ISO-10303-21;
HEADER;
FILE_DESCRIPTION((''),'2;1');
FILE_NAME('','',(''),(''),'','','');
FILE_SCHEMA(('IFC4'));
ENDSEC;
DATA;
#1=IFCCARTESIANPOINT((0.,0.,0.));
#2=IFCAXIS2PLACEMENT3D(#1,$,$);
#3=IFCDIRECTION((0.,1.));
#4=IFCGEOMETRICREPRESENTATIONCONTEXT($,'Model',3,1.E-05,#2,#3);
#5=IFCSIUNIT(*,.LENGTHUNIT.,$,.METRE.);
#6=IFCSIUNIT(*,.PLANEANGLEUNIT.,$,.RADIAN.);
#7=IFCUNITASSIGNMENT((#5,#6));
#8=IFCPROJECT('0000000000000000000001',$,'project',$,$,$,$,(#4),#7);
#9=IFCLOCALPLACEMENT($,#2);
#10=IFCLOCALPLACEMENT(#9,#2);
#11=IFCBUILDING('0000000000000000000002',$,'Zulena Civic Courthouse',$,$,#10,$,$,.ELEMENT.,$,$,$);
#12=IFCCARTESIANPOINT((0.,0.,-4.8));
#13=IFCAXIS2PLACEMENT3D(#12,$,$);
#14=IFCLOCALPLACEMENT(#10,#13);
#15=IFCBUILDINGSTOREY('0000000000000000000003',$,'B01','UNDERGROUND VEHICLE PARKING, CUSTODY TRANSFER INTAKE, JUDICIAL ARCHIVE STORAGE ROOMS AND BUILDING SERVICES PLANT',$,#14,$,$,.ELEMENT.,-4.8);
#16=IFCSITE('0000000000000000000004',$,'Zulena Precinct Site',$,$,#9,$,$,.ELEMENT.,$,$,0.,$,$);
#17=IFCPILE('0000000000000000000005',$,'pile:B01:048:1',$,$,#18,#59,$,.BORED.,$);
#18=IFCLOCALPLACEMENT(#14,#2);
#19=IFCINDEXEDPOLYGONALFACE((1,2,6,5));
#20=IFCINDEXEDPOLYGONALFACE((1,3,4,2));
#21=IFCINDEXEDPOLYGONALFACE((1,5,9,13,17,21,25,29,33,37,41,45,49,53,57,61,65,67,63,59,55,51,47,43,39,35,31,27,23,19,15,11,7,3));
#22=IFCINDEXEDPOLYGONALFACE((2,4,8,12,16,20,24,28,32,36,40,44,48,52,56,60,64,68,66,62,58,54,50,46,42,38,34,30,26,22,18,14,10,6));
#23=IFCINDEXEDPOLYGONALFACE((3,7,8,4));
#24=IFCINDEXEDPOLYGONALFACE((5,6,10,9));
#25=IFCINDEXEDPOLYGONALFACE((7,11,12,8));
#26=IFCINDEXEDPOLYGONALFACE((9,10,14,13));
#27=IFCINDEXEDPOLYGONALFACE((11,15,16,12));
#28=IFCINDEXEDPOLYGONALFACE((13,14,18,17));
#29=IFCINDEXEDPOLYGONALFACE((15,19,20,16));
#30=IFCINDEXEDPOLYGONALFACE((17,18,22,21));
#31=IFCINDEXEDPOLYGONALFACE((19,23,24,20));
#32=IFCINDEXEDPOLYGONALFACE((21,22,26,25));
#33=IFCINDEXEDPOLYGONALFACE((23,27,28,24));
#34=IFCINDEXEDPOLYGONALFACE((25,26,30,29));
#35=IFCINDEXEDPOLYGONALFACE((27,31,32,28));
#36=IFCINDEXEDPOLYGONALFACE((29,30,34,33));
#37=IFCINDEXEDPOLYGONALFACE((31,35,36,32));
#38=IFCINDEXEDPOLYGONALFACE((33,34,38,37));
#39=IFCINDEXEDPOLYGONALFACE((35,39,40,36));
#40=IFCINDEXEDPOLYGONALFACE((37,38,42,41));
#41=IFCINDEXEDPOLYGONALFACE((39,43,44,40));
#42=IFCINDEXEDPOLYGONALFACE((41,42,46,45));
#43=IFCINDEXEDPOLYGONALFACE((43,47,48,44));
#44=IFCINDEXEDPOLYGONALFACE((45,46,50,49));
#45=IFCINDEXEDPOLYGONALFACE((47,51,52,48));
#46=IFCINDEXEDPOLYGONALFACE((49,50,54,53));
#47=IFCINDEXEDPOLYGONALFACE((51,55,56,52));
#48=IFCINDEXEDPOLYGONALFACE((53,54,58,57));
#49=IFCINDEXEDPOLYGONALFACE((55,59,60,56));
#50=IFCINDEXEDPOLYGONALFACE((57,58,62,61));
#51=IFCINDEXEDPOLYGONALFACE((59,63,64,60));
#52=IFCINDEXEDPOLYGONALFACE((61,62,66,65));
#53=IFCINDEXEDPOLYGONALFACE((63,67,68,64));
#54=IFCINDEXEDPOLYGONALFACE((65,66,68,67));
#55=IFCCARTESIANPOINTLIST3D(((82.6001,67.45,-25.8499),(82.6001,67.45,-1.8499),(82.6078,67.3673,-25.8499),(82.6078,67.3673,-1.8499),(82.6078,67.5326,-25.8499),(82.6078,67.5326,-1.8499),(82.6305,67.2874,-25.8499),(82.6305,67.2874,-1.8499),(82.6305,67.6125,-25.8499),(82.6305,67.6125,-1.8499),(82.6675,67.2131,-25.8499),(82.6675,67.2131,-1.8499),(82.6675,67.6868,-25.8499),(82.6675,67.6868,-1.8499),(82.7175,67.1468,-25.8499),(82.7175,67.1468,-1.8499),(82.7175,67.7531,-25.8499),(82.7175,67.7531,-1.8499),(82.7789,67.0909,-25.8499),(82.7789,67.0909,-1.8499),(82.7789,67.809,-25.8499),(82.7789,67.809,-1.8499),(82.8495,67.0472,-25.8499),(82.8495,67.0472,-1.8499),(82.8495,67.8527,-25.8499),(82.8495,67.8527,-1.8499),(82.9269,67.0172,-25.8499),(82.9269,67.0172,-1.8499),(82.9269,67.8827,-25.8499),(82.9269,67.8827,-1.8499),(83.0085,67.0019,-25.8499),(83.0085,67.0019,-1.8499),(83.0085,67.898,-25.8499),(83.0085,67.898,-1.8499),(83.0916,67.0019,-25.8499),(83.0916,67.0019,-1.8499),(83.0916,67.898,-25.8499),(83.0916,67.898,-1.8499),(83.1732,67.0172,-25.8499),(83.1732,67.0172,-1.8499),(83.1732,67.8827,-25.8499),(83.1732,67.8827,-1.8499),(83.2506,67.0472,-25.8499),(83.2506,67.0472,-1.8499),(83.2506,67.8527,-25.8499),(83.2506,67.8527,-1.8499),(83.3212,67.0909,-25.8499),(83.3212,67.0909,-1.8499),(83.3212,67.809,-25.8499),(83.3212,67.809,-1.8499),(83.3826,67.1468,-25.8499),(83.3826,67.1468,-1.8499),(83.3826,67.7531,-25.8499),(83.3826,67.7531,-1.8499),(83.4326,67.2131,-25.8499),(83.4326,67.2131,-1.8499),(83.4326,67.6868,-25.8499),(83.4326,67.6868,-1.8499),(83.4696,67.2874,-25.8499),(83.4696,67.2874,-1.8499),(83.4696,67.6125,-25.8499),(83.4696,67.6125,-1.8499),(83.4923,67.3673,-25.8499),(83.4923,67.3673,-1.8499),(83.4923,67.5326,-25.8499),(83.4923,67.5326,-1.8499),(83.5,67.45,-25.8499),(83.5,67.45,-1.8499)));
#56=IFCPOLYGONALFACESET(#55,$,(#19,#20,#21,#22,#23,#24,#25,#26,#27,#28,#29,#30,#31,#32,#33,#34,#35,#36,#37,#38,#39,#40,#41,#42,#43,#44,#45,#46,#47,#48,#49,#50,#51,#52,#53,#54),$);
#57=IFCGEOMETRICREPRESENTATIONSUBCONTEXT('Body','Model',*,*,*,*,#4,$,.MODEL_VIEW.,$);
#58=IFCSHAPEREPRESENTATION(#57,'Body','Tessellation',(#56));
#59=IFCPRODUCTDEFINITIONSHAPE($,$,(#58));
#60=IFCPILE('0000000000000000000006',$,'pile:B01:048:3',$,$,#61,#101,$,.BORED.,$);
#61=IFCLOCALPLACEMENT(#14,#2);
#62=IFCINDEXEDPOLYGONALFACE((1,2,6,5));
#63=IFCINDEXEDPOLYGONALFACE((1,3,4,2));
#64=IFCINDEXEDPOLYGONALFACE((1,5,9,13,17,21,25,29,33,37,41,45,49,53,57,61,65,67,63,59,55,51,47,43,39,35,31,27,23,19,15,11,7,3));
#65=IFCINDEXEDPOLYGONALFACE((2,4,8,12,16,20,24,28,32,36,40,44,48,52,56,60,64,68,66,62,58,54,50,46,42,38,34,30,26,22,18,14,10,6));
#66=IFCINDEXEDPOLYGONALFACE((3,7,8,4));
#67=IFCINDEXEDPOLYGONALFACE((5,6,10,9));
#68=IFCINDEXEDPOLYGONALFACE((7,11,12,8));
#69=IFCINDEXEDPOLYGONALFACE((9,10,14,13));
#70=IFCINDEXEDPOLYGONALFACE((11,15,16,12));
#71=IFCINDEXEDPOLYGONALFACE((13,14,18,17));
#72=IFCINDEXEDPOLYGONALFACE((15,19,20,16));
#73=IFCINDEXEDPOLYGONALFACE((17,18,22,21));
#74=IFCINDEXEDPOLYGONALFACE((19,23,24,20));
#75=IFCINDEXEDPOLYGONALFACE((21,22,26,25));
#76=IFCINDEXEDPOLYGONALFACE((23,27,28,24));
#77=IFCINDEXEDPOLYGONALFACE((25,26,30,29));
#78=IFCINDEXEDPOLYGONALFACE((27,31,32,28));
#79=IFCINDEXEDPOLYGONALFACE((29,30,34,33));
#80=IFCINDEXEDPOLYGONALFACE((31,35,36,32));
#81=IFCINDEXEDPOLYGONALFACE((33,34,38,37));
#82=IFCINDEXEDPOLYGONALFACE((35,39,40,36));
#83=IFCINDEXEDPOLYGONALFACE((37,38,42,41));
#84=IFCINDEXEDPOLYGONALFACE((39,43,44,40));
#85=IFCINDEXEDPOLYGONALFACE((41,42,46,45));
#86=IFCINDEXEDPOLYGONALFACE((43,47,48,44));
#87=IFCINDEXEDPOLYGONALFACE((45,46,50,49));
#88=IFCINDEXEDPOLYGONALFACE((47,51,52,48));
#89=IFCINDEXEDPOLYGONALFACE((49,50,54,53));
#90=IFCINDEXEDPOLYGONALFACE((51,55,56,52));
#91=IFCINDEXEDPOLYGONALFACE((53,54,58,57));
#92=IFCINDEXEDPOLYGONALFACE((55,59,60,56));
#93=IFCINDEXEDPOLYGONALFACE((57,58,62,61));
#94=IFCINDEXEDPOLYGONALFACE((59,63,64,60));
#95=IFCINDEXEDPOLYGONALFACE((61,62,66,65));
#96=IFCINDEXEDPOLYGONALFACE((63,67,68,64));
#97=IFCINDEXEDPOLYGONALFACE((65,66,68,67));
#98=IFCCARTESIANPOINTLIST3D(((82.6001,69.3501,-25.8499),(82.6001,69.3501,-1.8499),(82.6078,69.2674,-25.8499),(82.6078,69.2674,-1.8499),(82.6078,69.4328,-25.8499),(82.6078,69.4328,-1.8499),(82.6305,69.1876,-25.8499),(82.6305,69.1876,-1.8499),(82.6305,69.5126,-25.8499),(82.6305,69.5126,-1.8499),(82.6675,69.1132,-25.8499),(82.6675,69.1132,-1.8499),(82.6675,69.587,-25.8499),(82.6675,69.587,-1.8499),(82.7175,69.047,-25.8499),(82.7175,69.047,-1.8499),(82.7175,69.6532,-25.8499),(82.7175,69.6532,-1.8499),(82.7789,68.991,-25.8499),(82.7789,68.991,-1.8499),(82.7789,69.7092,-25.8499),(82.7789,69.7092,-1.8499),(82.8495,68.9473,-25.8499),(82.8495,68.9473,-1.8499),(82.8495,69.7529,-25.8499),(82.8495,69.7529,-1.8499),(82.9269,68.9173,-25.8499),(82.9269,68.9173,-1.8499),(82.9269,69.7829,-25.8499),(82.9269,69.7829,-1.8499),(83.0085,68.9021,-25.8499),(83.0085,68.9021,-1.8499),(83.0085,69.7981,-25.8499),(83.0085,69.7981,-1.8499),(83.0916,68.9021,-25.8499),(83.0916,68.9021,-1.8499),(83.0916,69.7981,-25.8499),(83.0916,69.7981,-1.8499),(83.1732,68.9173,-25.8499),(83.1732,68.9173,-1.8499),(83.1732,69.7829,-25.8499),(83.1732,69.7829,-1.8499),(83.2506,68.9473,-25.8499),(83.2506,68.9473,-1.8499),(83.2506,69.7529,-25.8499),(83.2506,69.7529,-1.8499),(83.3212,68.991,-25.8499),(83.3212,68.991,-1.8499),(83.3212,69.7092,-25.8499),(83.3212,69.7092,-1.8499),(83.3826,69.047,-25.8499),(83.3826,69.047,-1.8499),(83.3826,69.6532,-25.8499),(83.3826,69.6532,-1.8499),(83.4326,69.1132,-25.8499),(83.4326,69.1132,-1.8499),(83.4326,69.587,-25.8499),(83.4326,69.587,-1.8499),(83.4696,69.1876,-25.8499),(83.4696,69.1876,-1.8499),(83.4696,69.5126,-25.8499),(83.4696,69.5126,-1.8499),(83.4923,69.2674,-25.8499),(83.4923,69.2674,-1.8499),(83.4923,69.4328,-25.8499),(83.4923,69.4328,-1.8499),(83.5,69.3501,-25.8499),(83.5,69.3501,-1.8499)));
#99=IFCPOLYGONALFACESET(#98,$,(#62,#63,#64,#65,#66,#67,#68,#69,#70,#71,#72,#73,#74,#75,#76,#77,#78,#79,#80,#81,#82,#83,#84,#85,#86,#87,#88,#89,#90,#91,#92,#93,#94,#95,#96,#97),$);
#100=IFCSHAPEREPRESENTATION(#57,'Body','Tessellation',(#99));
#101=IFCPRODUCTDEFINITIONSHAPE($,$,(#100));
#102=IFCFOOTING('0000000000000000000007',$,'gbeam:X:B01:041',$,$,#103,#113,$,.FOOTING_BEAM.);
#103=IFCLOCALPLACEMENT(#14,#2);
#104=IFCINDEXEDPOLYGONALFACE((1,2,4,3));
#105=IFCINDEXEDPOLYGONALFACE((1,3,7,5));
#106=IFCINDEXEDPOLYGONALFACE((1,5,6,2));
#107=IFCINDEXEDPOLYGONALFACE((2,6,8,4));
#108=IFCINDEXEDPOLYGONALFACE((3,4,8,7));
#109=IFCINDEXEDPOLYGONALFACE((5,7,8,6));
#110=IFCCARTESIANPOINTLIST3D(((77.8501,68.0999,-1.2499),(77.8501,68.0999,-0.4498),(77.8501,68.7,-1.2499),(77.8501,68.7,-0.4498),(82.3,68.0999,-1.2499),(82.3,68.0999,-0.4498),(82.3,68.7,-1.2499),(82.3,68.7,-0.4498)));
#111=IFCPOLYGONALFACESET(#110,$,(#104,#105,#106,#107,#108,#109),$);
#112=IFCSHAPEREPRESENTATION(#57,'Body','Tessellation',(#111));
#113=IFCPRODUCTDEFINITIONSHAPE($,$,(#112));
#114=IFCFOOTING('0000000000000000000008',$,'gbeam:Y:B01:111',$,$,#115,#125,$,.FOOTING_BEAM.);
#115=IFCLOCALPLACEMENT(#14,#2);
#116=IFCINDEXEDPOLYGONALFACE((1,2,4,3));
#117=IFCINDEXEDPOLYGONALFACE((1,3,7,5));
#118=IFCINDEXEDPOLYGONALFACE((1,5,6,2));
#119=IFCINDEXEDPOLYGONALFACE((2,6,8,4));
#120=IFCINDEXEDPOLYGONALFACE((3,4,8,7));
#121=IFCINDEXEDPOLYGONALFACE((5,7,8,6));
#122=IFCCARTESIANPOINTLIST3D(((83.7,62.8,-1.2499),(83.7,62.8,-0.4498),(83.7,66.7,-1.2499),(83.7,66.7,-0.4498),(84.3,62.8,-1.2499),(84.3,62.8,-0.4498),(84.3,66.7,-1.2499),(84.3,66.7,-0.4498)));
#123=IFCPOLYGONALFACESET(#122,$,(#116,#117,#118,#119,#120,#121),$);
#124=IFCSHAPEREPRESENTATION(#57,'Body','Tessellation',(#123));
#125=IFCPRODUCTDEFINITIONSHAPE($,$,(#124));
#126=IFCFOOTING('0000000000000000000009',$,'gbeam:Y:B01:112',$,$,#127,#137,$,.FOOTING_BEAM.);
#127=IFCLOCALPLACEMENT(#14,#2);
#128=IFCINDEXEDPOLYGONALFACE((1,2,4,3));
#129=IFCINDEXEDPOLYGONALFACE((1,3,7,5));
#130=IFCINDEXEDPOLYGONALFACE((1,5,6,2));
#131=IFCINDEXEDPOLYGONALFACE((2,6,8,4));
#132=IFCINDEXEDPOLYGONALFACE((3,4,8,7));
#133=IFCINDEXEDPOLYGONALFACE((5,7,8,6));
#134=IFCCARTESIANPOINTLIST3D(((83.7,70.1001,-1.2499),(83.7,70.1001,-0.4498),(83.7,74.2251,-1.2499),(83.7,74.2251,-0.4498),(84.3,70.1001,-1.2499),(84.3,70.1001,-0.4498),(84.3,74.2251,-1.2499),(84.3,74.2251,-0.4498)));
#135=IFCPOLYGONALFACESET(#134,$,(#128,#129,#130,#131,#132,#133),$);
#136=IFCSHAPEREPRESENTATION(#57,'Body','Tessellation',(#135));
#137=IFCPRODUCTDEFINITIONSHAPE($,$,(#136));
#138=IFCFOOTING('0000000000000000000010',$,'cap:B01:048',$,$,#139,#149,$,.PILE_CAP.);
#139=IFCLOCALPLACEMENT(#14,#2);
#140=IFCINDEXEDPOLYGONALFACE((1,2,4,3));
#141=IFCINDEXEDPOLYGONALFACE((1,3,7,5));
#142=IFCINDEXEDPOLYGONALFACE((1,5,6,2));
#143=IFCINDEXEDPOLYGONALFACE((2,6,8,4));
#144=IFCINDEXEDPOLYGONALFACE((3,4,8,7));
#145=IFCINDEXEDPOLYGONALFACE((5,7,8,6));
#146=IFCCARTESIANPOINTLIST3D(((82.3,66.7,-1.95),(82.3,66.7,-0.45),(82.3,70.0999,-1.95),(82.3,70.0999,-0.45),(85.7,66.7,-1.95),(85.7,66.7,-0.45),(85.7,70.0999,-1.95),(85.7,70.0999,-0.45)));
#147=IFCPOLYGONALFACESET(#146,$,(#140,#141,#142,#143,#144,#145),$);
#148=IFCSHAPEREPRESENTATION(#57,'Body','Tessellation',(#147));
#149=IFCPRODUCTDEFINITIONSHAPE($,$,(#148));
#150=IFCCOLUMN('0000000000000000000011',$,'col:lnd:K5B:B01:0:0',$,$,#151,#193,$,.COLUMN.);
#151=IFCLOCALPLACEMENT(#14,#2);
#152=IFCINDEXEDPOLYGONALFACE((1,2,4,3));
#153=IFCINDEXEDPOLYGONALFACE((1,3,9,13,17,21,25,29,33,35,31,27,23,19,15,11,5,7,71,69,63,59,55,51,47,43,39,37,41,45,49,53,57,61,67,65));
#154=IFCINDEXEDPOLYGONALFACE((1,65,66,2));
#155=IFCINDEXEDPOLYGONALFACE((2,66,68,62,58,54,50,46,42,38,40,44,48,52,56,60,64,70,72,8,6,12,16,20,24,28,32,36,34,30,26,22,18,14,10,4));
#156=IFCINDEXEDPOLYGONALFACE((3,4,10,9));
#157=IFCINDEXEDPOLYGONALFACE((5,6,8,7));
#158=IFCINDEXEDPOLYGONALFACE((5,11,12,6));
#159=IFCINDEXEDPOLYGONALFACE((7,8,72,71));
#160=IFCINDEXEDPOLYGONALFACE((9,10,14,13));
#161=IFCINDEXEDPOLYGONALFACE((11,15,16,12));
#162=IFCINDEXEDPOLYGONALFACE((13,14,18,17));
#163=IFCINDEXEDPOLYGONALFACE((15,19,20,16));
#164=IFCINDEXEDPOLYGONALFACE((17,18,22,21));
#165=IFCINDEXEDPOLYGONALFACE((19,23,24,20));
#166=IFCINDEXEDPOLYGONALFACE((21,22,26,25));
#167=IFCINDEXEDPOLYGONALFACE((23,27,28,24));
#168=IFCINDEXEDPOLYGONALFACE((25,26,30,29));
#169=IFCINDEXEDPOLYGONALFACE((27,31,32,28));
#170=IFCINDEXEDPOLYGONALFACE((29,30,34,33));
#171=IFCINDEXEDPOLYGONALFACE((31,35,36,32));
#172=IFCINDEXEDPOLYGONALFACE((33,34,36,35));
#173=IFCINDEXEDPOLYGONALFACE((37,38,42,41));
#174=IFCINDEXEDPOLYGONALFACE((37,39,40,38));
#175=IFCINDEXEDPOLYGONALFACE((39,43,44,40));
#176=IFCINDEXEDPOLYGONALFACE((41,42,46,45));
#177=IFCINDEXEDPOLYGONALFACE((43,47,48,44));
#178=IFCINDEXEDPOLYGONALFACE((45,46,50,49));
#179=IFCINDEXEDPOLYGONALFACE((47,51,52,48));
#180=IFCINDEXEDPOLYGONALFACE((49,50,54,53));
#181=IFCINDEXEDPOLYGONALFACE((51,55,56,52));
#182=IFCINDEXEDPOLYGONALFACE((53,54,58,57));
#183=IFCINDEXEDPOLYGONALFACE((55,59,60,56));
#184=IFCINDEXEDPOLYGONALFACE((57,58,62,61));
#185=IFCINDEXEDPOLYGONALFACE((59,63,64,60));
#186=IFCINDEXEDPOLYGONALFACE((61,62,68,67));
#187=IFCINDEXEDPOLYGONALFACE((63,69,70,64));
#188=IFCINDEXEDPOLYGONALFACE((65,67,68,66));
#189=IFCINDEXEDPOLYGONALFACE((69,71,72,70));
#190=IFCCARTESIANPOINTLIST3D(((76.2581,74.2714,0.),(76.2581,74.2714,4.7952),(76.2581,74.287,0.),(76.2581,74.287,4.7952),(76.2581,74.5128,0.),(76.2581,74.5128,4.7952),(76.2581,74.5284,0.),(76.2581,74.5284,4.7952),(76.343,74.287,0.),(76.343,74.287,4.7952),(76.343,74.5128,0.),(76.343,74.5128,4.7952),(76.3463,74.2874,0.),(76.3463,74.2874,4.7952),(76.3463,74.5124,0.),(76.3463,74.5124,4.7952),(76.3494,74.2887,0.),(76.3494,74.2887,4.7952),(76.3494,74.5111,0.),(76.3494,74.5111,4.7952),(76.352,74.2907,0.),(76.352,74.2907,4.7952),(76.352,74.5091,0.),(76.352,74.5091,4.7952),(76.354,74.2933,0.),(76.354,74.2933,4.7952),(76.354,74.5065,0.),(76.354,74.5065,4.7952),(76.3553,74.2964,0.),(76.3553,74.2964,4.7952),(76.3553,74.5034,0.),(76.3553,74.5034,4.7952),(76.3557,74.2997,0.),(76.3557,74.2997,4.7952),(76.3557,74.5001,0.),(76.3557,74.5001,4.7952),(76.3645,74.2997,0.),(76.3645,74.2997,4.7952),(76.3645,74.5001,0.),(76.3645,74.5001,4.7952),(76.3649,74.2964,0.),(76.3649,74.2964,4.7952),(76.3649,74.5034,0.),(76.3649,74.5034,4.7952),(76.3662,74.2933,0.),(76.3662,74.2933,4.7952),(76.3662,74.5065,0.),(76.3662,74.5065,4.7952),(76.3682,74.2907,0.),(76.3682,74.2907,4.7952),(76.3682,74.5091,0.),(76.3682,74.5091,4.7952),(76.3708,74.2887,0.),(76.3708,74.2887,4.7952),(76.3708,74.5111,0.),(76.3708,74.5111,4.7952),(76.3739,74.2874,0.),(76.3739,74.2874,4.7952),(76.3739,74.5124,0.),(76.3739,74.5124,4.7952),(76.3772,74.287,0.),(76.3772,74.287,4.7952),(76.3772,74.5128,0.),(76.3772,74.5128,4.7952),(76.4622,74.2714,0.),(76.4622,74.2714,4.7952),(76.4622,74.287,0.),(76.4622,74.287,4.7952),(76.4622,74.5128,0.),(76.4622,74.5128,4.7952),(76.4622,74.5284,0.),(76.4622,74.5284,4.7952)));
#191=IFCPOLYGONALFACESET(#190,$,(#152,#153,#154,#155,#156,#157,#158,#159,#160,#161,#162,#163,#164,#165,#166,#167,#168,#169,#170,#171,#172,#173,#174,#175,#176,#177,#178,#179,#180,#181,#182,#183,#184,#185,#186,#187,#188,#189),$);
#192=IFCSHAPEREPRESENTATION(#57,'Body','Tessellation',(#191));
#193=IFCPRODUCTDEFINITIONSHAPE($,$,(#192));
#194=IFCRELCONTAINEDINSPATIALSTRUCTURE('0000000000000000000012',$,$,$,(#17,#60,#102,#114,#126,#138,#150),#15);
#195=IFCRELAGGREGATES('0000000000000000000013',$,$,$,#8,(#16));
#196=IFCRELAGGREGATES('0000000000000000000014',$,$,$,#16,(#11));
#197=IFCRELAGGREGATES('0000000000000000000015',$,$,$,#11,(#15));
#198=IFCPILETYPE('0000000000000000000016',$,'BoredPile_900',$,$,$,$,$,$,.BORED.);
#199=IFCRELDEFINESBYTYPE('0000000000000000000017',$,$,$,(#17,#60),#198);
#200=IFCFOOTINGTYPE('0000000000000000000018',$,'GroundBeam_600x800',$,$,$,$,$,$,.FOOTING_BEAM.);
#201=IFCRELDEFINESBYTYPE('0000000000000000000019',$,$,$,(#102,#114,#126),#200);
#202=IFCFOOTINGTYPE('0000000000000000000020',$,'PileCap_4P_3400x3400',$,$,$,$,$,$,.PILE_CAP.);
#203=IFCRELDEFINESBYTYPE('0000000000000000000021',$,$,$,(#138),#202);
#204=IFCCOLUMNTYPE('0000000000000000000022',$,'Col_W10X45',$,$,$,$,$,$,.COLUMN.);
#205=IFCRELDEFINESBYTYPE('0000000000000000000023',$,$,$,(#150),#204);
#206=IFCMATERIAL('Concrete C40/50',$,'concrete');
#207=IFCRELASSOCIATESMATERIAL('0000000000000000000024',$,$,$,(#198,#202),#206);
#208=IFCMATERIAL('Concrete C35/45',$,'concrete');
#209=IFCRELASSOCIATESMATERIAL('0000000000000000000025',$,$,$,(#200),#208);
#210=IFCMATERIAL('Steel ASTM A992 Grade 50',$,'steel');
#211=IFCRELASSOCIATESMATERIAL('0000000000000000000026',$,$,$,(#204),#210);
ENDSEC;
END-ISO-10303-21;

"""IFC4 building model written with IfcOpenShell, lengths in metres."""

from ifc_helpers import new_model, si_unit, direction, frame, origin, origin_2d, place, context, subcontext, project, spatial, rectangle, circle, i_section, extrude, material, material_profile, profile_set, type_object, element, save


model = new_model("IFC4")

# Units and contexts
model_context = context("Model", 3, precision=1e-05, world=origin(), true_north=direction((0.0, 1.0)))
body_context = subcontext(model_context, "Body", "Model", "MODEL_VIEW")
ifc_project = project(units=[si_unit("LENGTHUNIT", "METRE"), si_unit("PLANEANGLEUNIT", "RADIAN")], contexts=[model_context])

# Site, building, storey
site_placement = place(None, origin())
site = spatial("IfcSite", under=ifc_project, at=site_placement, Name="Zulena Precinct Site", CompositionType="ELEMENT", RefElevation=0.0)
building_placement = place(site_placement, origin())
building = spatial("IfcBuilding", under=site, at=building_placement, Name="Zulena Civic Courthouse", CompositionType="ELEMENT")
storey_placement = place(building_placement, frame((0.0, 0.0, -4.8)))
storey = spatial("IfcBuildingStorey", under=building, at=storey_placement, Name="B01", Description="UNDERGROUND VEHICLE PARKING, CUSTODY TRANSFER INTAKE, JUDICIAL ARCHIVE STORAGE ROOMS AND BUILDING SERVICES PLANT", CompositionType="ELEMENT", Elevation=-4.8)

# Piles
ifc_material_1 = material(Name="Concrete C40/50", Category="concrete")
ifc_material_profile_1 = material_profile(ifc_material_1, circle(Radius=0.45, at=origin_2d()), Name="PILE900")
ifc_profile_set_1 = profile_set([ifc_material_profile_1], Name="Concrete C40/50")
pile_type_1 = type_object("IfcPileType", Name="BoredPile_900", PredefinedType="BORED", material=ifc_profile_set_1)
for number, where, z_axis, x_axis, name in (
    (1, (83.05, 67.45, -1.8499), (0.0, 0.0, -1.0), (1.0, 0.0, 0.0), "pile:B01:048:1"),
    (2, (83.05, 69.3501, -1.8499), (0.0, 0.0, -1.0), (1.0, 0.0, 0.0), "pile:B01:048:3"),
):
    element("IfcPile", number, at=place(storey_placement, frame(where, z_axis=z_axis, x_axis=x_axis)), inside=storey, type_object=pile_type_1, Name=name, PredefinedType="BORED", context=body_context, shape_type="SweptSolid", body=[
        extrude(circle(Radius=0.45, at=origin_2d()), origin(), (0.0, 0.0, 1.0), 24.0),
    ])

# Footings
ifc_material_2 = material(Name="Concrete C35/45", Category="concrete")
ifc_material_profile_2 = material_profile(ifc_material_2, rectangle(XDim=0.6001, YDim=0.8, at=origin_2d()), Name="RC600X800")
ifc_profile_set_2 = profile_set([ifc_material_profile_2], Name="Concrete C35/45")
footing_type_1 = type_object("IfcFootingType", Name="GroundBeam_600x800", PredefinedType="FOOTING_BEAM", material=ifc_profile_set_2)
footing_1_placement = place(storey_placement, frame((77.8501, 68.3999, -0.8499), z_axis=(1.0, 0.0, 0.0), x_axis=(0.0, 1.0, 0.0)))
element("IfcFooting", 3, at=footing_1_placement, inside=storey, type_object=footing_type_1, Name="gbeam:X:B01:041", PredefinedType="FOOTING_BEAM", context=body_context, shape_type="SweptSolid", body=[
    extrude(rectangle(XDim=0.6001, YDim=0.8, at=origin_2d()), origin(), (0.0, 0.0, 1.0), 4.45),
])
footing_2_placement = place(storey_placement, frame((84.0, 62.8, -0.8499), z_axis=(0.0, 1.0, 0.0), x_axis=(-1.0, 0.0, 0.0)))
element("IfcFooting", 4, at=footing_2_placement, inside=storey, type_object=footing_type_1, Name="gbeam:Y:B01:111", PredefinedType="FOOTING_BEAM", context=body_context, shape_type="SweptSolid", body=[
    extrude(rectangle(XDim=0.6001, YDim=0.8, at=origin_2d()), origin(), (0.0, 0.0, 1.0), 3.8999),
])
footing_3_placement = place(storey_placement, frame((84.0, 70.1001, -0.8499), z_axis=(0.0, 1.0, 0.0), x_axis=(-1.0, 0.0, 0.0)))
element("IfcFooting", 5, at=footing_3_placement, inside=storey, type_object=footing_type_1, Name="gbeam:Y:B01:112", PredefinedType="FOOTING_BEAM", context=body_context, shape_type="SweptSolid", body=[
    extrude(rectangle(XDim=0.6001, YDim=0.8, at=origin_2d()), origin(), (0.0, 0.0, 1.0), 4.125),
])
footing_type_2 = type_object("IfcFootingType", Name="PileCap_4P_3400x3400", PredefinedType="PILE_CAP", material=ifc_material_1)
footing_4_placement = place(storey_placement, frame((84.0, 68.3999, -1.95), z_axis=(0.0, 0.0, 1.0), x_axis=(1.0, 0.0, 0.0)))
element("IfcFooting", 6, at=footing_4_placement, inside=storey, type_object=footing_type_2, Name="cap:B01:048", PredefinedType="PILE_CAP", context=body_context, shape_type="SweptSolid", body=[
    extrude(rectangle(XDim=3.3999, YDim=3.3999, at=origin_2d()), origin(), (0.0, 0.0, 1.0), 1.5),
])

# Column
ifc_material_3 = material(Name="Steel ASTM A992 Grade 50", Category="steel")
ifc_material_profile_3 = material_profile(ifc_material_3, i_section(OverallWidth=0.2041, OverallDepth=0.2571, WebThickness=0.0088, FlangeThickness=0.0156, FilletRadius=0.0127, at=origin_2d()), Name="W10X45")
ifc_profile_set_3 = profile_set([ifc_material_profile_3], Name="Steel ASTM A992 Grade 50")
column_type_1 = type_object("IfcColumnType", Name="Col_W10X45", PredefinedType="COLUMN", material=ifc_profile_set_3)
for number, where, z_axis, x_axis, name in (
    (7, (76.3601, 74.3999, 0.0), (0.0, 0.0, 1.0), (1.0, 0.0, 0.0), "col:lnd:K5B:B01:0:0"),
):
    element("IfcColumn", number, at=place(storey_placement, frame(where, z_axis=z_axis, x_axis=x_axis)), inside=storey, type_object=column_type_1, Name=name, PredefinedType="COLUMN", context=body_context, shape_type="SweptSolid", body=[
        extrude(i_section(OverallWidth=0.2041, OverallDepth=0.2571, WebThickness=0.0088, FlangeThickness=0.0156, FilletRadius=0.0127, at=origin_2d()), origin(), (0.0, 0.0, 1.0), 4.7952),
    ])

save(model, "model.ifc")
